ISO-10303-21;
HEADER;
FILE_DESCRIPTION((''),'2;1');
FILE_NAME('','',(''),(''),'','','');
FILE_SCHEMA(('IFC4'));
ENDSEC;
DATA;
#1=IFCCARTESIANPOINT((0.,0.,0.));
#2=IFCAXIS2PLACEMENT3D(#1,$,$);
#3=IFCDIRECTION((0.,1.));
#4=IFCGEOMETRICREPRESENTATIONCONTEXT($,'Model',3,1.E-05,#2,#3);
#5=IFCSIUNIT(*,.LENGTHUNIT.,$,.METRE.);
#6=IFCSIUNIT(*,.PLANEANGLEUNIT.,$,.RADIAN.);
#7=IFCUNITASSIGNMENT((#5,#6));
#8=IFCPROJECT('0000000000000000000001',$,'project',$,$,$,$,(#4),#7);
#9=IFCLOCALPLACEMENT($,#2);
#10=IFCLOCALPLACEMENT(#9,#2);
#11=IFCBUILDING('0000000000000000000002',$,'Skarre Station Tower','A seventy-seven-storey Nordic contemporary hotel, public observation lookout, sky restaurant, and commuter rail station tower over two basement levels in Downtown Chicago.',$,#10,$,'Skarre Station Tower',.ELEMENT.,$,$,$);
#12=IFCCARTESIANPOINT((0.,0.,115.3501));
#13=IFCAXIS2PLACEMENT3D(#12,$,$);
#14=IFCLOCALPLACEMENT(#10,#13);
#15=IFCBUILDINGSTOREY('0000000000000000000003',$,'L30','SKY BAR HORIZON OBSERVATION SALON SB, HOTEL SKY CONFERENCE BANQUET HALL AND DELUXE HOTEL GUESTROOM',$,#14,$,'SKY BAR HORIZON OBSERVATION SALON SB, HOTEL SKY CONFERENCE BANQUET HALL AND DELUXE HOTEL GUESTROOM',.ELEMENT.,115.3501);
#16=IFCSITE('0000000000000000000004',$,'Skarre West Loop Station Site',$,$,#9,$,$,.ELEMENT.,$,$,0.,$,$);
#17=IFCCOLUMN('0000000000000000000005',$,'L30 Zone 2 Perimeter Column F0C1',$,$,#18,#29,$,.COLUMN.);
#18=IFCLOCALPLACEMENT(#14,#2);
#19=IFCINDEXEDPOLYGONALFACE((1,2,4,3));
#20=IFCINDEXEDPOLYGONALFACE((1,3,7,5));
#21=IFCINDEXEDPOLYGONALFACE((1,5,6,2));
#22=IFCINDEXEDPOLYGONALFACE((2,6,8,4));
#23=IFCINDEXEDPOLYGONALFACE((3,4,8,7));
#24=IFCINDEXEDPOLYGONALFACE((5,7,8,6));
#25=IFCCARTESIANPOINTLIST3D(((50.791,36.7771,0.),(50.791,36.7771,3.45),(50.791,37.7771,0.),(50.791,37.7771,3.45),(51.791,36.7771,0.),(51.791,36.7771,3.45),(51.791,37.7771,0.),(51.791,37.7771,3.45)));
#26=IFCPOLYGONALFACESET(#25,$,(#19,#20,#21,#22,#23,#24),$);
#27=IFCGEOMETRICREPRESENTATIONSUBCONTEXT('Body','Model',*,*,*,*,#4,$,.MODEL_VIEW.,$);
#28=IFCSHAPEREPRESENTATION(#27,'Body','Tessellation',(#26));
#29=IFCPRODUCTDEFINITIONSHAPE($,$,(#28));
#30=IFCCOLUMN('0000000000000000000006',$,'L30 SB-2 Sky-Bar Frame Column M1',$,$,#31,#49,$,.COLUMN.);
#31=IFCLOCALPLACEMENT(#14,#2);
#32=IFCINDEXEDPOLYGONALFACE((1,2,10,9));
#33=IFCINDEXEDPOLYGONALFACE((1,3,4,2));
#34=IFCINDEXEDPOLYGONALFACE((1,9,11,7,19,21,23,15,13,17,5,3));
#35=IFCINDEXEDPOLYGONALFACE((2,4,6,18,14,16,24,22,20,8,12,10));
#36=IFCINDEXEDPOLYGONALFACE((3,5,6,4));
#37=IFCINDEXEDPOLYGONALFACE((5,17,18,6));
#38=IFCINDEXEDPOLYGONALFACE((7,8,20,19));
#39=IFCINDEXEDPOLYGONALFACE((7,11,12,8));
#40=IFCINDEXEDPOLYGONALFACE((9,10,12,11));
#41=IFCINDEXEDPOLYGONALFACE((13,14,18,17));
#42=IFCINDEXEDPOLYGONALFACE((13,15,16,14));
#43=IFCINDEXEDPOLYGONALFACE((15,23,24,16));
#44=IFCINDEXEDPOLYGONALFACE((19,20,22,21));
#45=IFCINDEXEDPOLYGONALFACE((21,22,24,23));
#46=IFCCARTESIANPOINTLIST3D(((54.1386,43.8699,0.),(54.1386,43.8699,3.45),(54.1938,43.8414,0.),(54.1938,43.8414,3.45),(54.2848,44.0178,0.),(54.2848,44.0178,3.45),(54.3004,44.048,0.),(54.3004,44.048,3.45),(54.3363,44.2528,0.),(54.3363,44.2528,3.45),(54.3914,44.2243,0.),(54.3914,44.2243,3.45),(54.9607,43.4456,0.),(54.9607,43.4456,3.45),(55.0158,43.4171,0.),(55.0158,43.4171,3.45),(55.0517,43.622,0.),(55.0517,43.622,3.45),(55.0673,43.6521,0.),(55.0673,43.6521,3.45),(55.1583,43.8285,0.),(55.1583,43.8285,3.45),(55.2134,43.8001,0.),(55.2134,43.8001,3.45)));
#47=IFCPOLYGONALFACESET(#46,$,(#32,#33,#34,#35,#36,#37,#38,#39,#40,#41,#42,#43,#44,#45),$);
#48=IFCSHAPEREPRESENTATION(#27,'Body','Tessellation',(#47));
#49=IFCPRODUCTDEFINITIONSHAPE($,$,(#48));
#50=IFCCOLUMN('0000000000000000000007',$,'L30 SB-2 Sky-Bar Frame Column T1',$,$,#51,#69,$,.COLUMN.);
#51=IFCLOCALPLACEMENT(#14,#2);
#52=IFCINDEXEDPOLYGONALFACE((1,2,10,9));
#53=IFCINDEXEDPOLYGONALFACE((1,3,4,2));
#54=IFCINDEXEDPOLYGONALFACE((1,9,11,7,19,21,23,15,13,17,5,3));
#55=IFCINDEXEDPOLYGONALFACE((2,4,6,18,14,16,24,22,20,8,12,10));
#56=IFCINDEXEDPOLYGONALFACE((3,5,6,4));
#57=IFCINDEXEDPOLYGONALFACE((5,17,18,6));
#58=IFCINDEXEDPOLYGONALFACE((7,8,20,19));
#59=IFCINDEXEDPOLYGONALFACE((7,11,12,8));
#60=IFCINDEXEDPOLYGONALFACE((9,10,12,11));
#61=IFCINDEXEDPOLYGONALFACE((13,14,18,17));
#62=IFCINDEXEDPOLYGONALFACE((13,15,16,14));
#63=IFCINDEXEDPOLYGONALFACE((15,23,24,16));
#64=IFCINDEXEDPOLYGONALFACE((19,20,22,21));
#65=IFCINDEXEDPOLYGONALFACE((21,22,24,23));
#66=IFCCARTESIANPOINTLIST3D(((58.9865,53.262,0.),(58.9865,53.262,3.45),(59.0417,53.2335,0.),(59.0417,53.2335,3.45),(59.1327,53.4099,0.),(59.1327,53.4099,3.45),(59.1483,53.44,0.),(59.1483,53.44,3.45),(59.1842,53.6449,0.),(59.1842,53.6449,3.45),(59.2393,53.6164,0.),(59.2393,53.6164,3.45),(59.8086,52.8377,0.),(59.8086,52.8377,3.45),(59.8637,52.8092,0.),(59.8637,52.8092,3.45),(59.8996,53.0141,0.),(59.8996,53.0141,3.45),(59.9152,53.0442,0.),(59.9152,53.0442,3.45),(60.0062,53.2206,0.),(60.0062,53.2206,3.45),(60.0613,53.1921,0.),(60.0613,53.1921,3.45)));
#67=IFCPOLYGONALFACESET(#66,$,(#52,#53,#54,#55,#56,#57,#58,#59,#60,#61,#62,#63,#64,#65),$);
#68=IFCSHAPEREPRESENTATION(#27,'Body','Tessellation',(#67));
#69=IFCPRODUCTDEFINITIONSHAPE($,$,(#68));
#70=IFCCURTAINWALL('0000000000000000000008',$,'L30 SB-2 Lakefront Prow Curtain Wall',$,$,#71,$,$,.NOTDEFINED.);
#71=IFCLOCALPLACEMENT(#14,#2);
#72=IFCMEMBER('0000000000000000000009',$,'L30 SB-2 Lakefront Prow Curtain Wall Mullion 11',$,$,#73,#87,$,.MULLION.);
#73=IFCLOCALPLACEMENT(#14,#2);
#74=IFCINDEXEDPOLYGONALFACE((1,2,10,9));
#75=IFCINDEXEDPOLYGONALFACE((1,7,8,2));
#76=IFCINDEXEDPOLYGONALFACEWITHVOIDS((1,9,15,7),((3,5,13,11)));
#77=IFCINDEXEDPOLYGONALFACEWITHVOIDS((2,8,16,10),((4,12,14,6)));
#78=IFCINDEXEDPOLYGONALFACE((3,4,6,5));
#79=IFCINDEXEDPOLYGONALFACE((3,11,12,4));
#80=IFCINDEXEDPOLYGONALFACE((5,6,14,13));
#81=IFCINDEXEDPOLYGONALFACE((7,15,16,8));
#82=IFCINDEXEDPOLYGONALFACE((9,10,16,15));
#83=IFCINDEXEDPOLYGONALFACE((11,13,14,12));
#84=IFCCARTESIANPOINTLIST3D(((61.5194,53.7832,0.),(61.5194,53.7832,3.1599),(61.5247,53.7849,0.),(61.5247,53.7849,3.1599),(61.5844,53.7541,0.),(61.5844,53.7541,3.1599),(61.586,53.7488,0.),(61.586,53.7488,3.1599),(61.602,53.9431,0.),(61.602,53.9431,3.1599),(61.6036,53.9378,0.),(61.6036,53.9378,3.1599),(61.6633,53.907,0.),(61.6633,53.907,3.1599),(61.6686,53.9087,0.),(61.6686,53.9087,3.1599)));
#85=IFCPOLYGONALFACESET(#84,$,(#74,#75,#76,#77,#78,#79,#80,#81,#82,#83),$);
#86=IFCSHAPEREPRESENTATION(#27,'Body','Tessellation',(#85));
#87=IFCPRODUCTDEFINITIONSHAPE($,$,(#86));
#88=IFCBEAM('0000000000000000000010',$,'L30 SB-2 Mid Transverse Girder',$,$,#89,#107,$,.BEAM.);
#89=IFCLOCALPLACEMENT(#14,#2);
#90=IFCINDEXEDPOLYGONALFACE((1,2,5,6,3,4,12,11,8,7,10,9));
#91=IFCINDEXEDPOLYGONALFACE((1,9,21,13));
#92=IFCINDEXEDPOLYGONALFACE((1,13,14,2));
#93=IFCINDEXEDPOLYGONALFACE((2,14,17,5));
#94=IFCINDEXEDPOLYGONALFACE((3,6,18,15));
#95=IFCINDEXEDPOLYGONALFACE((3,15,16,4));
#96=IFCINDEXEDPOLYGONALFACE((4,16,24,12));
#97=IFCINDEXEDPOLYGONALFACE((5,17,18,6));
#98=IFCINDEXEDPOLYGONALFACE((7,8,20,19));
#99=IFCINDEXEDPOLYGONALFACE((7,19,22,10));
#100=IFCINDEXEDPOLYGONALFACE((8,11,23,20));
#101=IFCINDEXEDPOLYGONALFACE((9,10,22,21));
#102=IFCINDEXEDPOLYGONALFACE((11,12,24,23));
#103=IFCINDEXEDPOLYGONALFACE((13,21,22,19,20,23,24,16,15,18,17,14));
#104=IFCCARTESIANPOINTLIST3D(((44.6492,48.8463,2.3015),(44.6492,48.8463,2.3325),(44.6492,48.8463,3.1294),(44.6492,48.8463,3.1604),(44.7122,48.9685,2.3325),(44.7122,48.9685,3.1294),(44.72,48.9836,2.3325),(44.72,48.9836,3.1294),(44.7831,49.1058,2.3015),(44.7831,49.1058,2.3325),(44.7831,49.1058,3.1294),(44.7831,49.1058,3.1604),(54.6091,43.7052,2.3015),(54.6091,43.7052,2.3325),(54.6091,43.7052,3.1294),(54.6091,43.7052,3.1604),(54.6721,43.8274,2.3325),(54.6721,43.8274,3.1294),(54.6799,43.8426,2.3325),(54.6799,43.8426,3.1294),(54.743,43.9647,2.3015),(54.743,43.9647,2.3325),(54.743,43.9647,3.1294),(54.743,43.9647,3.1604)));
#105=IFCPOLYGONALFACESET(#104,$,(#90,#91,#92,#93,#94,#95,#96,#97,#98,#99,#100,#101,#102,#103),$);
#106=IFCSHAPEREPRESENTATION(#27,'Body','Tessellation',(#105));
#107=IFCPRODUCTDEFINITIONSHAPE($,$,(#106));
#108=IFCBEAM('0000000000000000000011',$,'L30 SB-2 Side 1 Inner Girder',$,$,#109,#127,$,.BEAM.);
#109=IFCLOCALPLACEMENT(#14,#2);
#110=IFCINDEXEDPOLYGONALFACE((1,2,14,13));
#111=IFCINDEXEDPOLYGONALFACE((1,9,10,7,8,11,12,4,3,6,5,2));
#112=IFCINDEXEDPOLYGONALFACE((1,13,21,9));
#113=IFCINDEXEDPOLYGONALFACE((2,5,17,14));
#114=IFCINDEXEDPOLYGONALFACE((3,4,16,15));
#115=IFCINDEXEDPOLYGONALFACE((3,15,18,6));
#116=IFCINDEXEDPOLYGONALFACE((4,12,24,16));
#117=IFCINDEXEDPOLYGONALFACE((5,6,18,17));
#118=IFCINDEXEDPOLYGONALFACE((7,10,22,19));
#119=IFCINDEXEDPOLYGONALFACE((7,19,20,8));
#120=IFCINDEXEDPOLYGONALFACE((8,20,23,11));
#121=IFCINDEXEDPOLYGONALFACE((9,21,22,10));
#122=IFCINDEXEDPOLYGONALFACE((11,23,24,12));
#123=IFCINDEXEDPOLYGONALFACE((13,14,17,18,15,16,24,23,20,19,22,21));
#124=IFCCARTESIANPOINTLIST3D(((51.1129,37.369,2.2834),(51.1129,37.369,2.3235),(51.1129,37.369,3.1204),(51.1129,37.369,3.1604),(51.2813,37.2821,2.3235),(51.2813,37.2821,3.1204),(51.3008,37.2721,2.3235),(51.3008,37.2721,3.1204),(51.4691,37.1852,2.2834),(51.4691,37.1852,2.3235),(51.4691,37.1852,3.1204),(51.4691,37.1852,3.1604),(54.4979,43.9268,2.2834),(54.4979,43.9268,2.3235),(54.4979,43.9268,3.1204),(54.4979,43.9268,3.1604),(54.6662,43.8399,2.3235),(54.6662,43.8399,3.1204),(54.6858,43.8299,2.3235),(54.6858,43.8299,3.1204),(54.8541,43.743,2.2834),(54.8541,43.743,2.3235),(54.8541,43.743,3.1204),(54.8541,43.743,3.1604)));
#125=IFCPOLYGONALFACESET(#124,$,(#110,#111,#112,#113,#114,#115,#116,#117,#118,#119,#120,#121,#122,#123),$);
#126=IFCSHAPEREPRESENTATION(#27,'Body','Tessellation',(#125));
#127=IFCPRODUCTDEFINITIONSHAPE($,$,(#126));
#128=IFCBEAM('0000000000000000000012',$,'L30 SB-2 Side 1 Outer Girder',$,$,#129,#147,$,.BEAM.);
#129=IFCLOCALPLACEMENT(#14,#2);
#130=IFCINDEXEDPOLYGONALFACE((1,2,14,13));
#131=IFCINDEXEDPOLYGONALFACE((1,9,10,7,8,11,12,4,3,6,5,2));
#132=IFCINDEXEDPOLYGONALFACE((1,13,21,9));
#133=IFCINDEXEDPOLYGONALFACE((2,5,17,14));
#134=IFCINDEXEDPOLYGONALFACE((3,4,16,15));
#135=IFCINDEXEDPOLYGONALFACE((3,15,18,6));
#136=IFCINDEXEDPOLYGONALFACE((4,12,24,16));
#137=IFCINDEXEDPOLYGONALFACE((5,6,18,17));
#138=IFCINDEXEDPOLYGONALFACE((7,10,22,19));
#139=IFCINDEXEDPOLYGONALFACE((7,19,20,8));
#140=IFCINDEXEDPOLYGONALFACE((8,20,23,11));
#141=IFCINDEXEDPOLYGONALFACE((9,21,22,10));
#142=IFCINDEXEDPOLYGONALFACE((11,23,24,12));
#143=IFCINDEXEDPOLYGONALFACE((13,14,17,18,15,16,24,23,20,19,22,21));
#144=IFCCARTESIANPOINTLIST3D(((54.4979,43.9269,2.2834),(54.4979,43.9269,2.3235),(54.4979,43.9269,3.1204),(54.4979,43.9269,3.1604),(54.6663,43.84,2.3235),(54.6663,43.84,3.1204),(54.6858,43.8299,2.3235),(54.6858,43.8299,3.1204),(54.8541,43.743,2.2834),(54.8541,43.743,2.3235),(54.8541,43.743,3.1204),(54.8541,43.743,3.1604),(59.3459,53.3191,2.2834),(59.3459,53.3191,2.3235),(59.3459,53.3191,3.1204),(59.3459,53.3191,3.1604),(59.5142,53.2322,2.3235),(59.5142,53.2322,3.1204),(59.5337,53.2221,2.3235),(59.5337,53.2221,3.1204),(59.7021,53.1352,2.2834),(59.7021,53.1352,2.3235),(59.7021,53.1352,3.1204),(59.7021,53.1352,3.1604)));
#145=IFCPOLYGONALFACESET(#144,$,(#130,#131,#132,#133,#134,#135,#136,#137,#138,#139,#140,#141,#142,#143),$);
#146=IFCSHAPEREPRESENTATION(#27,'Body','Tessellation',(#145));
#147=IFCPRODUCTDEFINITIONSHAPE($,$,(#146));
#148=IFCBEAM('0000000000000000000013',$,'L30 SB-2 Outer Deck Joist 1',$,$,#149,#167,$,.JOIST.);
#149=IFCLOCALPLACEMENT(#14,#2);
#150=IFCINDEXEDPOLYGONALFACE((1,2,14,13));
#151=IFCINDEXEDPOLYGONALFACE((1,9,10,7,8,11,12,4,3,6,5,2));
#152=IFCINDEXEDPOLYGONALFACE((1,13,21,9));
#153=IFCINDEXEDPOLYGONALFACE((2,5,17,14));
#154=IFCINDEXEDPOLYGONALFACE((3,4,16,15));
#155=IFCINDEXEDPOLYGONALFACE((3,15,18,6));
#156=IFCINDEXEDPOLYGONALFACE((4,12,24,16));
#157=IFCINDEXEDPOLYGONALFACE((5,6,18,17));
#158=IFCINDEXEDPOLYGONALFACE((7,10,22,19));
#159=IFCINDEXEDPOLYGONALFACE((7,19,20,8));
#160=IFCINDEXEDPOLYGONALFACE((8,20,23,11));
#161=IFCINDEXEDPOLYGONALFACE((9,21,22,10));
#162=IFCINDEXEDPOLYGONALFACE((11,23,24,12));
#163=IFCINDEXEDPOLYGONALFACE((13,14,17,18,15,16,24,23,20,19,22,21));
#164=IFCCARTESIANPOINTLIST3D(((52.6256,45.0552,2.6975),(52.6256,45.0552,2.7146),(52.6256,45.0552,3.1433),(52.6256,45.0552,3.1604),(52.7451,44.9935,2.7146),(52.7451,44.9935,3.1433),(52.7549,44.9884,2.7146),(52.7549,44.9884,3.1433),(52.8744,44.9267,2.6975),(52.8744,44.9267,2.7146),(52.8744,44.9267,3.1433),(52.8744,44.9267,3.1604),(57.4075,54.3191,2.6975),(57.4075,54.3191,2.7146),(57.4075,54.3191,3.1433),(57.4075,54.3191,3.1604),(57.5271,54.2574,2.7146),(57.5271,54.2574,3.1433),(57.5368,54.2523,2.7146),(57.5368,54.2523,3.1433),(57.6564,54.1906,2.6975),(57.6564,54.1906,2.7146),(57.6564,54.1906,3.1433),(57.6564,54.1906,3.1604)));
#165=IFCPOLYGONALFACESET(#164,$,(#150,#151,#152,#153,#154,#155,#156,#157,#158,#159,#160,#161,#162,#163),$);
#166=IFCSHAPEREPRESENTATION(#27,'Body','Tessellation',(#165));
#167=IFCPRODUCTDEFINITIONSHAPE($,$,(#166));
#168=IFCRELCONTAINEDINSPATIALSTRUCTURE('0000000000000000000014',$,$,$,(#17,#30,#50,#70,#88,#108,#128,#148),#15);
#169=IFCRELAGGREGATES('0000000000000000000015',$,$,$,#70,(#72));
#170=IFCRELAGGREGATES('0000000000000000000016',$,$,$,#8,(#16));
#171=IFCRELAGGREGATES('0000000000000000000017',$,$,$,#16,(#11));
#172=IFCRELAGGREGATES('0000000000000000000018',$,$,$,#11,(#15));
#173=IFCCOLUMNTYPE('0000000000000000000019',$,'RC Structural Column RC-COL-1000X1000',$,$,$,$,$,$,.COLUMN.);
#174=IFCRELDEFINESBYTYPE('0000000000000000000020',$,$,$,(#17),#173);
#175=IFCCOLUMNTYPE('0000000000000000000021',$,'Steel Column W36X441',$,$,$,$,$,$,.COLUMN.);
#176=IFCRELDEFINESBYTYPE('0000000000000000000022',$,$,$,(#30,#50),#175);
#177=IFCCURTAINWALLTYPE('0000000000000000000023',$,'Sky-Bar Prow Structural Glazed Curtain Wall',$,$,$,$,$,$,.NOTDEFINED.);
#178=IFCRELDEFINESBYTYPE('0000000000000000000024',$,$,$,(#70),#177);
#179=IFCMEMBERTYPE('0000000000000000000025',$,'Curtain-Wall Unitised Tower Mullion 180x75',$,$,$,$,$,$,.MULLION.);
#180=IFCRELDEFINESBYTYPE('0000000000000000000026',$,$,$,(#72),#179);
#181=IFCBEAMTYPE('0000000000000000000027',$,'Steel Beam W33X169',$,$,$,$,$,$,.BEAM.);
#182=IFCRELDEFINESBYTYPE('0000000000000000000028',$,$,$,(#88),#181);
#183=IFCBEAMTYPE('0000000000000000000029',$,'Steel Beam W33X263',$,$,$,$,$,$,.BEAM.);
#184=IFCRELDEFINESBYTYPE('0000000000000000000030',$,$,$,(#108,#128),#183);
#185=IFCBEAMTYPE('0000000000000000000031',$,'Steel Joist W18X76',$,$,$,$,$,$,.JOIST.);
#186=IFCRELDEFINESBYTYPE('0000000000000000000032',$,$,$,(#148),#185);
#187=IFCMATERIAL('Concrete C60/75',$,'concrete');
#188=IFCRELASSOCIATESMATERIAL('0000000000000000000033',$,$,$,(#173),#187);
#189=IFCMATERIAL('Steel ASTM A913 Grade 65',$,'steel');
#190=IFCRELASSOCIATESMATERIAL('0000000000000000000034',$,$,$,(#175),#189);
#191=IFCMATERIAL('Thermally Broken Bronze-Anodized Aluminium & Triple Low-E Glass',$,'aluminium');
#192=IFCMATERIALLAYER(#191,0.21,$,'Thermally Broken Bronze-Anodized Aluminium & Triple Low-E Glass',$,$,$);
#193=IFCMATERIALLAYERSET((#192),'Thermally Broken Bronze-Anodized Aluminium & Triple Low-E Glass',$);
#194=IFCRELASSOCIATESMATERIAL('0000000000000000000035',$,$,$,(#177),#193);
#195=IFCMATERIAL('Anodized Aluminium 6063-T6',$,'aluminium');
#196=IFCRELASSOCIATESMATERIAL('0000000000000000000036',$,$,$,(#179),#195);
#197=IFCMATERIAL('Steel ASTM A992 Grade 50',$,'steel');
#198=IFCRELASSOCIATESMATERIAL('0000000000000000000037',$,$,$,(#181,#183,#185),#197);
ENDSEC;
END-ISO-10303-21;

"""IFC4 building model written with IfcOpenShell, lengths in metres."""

from ifc_helpers import new_model, si_unit, direction, frame, origin, origin_2d, place, context, subcontext, project, spatial, rectangle, hollow_rectangle, i_section, extrude, material, layer, layer_set, material_profile, profile_set, type_object, element, aggregate, save


model = new_model("IFC4")

# Units and contexts
model_context = context("Model", 3, precision=1e-05, world=origin(), true_north=direction((0.0, 1.0)))
body_context = subcontext(model_context, "Body", "Model", "MODEL_VIEW")
ifc_project = project(units=[si_unit("LENGTHUNIT", "METRE"), si_unit("PLANEANGLEUNIT", "RADIAN")], contexts=[model_context])

# Site, building, storey
site_placement = place(None, origin())
site = spatial("IfcSite", under=ifc_project, at=site_placement, Name="Skarre West Loop Station Site", CompositionType="ELEMENT", RefElevation=0.0)
building_placement = place(site_placement, origin())
building = spatial("IfcBuilding", under=site, at=building_placement, Name="Skarre Station Tower", Description="A seventy-seven-storey Nordic contemporary hotel, public observation lookout, sky restaurant, and commuter rail station tower over two basement levels in Downtown Chicago.", LongName="Skarre Station Tower", CompositionType="ELEMENT")
storey_placement = place(building_placement, frame((0.0, 0.0, 115.3501)))
storey = spatial("IfcBuildingStorey", under=building, at=storey_placement, Name="L30", Description="SKY BAR HORIZON OBSERVATION SALON SB, HOTEL SKY CONFERENCE BANQUET HALL AND DELUXE HOTEL GUESTROOM", LongName="SKY BAR HORIZON OBSERVATION SALON SB, HOTEL SKY CONFERENCE BANQUET HALL AND DELUXE HOTEL GUESTROOM", CompositionType="ELEMENT", Elevation=115.3501)

# Columns
ifc_material_1 = material(Name="Concrete C60/75", Category="concrete")
ifc_material_profile_1 = material_profile(ifc_material_1, rectangle(XDim=1.0, YDim=1.0, at=origin_2d()), Name="Concrete C60/75")
ifc_profile_set_1 = profile_set([ifc_material_profile_1], Name="Concrete C60/75")
column_type_1 = type_object("IfcColumnType", Name="RC Structural Column RC-COL-1000X1000", PredefinedType="COLUMN", material=ifc_profile_set_1)
column_placement = place(storey_placement, frame((51.291, 37.2771, 0.0), z_axis=(0.0, 0.0, 1.0), x_axis=(1.0, 0.0, 0.0)))
element("IfcColumn", 1, at=column_placement, inside=storey, type_object=column_type_1, Name="L30 Zone 2 Perimeter Column F0C1", PredefinedType="COLUMN", context=body_context, shape_type="SweptSolid", body=[
    extrude(rectangle(XDim=1.0, YDim=1.0, at=origin_2d()), origin(), (0.0, 0.0, 1.0), 3.45),
])
ifc_material_2 = material(Name="Steel ASTM A913 Grade 65", Category="steel")
ifc_material_profile_2 = material_profile(ifc_material_2, i_section(OverallWidth=0.4309, OverallDepth=0.9871, WebThickness=0.0339, FlangeThickness=0.062, at=origin_2d()), Name="Steel ASTM A913 Grade 65")
ifc_profile_set_2 = profile_set([ifc_material_profile_2], Name="Steel ASTM A913 Grade 65")
column_type_2 = type_object("IfcColumnType", Name="Steel Column W36X441", PredefinedType="COLUMN", material=ifc_profile_set_2)
for number, where, z_axis, x_axis, name in (
    (2, (54.676, 43.835, 0.0), (0.0, 0.0, 1.0), (0.45865, 0.888617, 0.0), "L30 SB-2 Sky-Bar Frame Column M1"),
    (3, (59.5239, 53.2271, 0.0), (0.0, 0.0, 1.0), (0.45865, 0.888617, 0.0), "L30 SB-2 Sky-Bar Frame Column T1"),
):
    element("IfcColumn", number, at=place(storey_placement, frame(where, z_axis=z_axis, x_axis=x_axis)), inside=storey, type_object=column_type_2, Name=name, PredefinedType="COLUMN", context=body_context, shape_type="SweptSolid", body=[
        extrude(i_section(OverallWidth=0.4309, OverallDepth=0.9871, WebThickness=0.0339, FlangeThickness=0.062, at=origin_2d()), origin(), (0.0, 0.0, 1.0), 3.45),
    ])

# Curtain wall, member
ifc_material_3 = material(Name="Thermally Broken Bronze-Anodized Aluminium & Triple Low-E Glass", Category="aluminium")
ifc_layer_1 = layer(ifc_material_3, 0.21, Name="Thermally Broken Bronze-Anodized Aluminium & Triple Low-E Glass")
ifc_layer_set_1 = layer_set([ifc_layer_1], Name="Thermally Broken Bronze-Anodized Aluminium & Triple Low-E Glass")
curtain_wall_type = type_object("IfcCurtainWallType", Name="Sky-Bar Prow Structural Glazed Curtain Wall", PredefinedType="NOTDEFINED", material=ifc_layer_set_1)
curtain_wall_placement = place(storey_placement, origin())
curtain_wall = element("IfcCurtainWall", 4, at=curtain_wall_placement, inside=storey, type_object=curtain_wall_type, Name="L30 SB-2 Lakefront Prow Curtain Wall", PredefinedType="NOTDEFINED")
ifc_material_4 = material(Name="Anodized Aluminium 6063-T6", Category="aluminium")
ifc_material_profile_3 = material_profile(ifc_material_4, hollow_rectangle(XDim=0.075, YDim=0.1799, WallThickness=0.0039, at=origin_2d()), Name="Anodized Aluminium 6063-T6")
ifc_profile_set_3 = profile_set([ifc_material_profile_3], Name="Anodized Aluminium 6063-T6")
member_type = type_object("IfcMemberType", Name="Curtain-Wall Unitised Tower Mullion 180x75", PredefinedType="MULLION", material=ifc_profile_set_3)
member_placement = place(storey_placement, frame((61.594, 53.8459, 0.0), z_axis=(0.0, 0.0, 1.0), x_axis=(0.888601, -0.458681, 0.0)))
member = element("IfcMember", 5, at=member_placement, type_object=member_type, Name="L30 SB-2 Lakefront Prow Curtain Wall Mullion 11", PredefinedType="MULLION", context=body_context, shape_type="SweptSolid", body=[
    extrude(hollow_rectangle(XDim=0.075, YDim=0.1799, WallThickness=0.0039, at=origin_2d()), origin(), (0.0, 0.0, 1.0), 3.1599),
])

# Beams
ifc_material_5 = material(Name="Steel ASTM A992 Grade 50", Category="steel")
ifc_material_profile_4 = material_profile(ifc_material_5, i_section(OverallWidth=0.292, OverallDepth=0.8589, WebThickness=0.0171, FlangeThickness=0.031, at=origin_2d()), Name="Steel ASTM A992 Grade 50")
ifc_profile_set_4 = profile_set([ifc_material_profile_4], Name="Steel ASTM A992 Grade 50")
beam_type_1 = type_object("IfcBeamType", Name="Steel Beam W33X169", PredefinedType="BEAM", material=ifc_profile_set_4)
beam_1_placement = place(storey_placement, frame((54.676, 43.835, 2.731), z_axis=(-0.888603, 0.458677, 0.0), x_axis=(-0.458677, -0.888603, 0.0)))
element("IfcBeam", 6, at=beam_1_placement, inside=storey, type_object=beam_type_1, Name="L30 SB-2 Mid Transverse Girder", PredefinedType="BEAM", context=body_context, shape_type="SweptSolid", body=[
    extrude(i_section(OverallWidth=0.292, OverallDepth=0.8589, WebThickness=0.0171, FlangeThickness=0.031, at=origin_2d()), origin(), (0.0, 0.0, 1.0), 11.2085),
])
ifc_material_profile_5 = material_profile(ifc_material_5, i_section(OverallWidth=0.4009, OverallDepth=0.877, WebThickness=0.022, FlangeThickness=0.04, at=origin_2d()), Name="Steel ASTM A992 Grade 50")
ifc_profile_set_5 = profile_set([ifc_material_profile_5], Name="Steel ASTM A992 Grade 50")
beam_type_2 = type_object("IfcBeamType", Name="Steel Beam W33X263", PredefinedType="BEAM", material=ifc_profile_set_5)
beam_2_placement = place(storey_placement, frame((51.291, 37.2771, 2.7219), z_axis=(0.458676, 0.888604, 0.0), x_axis=(-0.888604, 0.458676, 0.0)))
element("IfcBeam", 7, at=beam_2_placement, inside=storey, type_object=beam_type_2, Name="L30 SB-2 Side 1 Inner Girder", PredefinedType="BEAM", context=body_context, shape_type="SweptSolid", body=[
    extrude(i_section(OverallWidth=0.4009, OverallDepth=0.877, WebThickness=0.022, FlangeThickness=0.04, at=origin_2d()), origin(), (0.0, 0.0, 1.0), 7.3799),
])
beam_3_placement = place(storey_placement, frame((54.676, 43.835, 2.7219), z_axis=(0.458671, 0.888606, 0.0), x_axis=(-0.888606, 0.458671, 0.0)))
element("IfcBeam", 8, at=beam_3_placement, inside=storey, type_object=beam_type_2, Name="L30 SB-2 Side 1 Outer Girder", PredefinedType="BEAM", context=body_context, shape_type="SweptSolid", body=[
    extrude(i_section(OverallWidth=0.4009, OverallDepth=0.877, WebThickness=0.022, FlangeThickness=0.04, at=origin_2d()), origin(), (0.0, 0.0, 1.0), 10.5696),
])
ifc_material_profile_6 = material_profile(ifc_material_5, i_section(OverallWidth=0.28, OverallDepth=0.4629, WebThickness=0.011, FlangeThickness=0.0171, at=origin_2d()), Name="Steel ASTM A992 Grade 50")
ifc_profile_set_6 = profile_set([ifc_material_profile_6], Name="Steel ASTM A992 Grade 50")
beam_type_3 = type_object("IfcBeamType", Name="Steel Joist W18X76", PredefinedType="JOIST", material=ifc_profile_set_6)
beam_4_placement = place(storey_placement, frame((52.75, 44.991, 2.929), z_axis=(0.458689, 0.888597, 0.0), x_axis=(-0.888597, 0.458689, 0.0)))
element("IfcBeam", 9, at=beam_4_placement, inside=storey, type_object=beam_type_3, Name="L30 SB-2 Outer Deck Joist 1", PredefinedType="JOIST", context=body_context, shape_type="SweptSolid", body=[
    extrude(i_section(OverallWidth=0.28, OverallDepth=0.4629, WebThickness=0.011, FlangeThickness=0.0171, at=origin_2d()), origin(), (0.0, 0.0, 1.0), 10.4253),
])

aggregate(curtain_wall, [member])

save(model, "model.ifc")
